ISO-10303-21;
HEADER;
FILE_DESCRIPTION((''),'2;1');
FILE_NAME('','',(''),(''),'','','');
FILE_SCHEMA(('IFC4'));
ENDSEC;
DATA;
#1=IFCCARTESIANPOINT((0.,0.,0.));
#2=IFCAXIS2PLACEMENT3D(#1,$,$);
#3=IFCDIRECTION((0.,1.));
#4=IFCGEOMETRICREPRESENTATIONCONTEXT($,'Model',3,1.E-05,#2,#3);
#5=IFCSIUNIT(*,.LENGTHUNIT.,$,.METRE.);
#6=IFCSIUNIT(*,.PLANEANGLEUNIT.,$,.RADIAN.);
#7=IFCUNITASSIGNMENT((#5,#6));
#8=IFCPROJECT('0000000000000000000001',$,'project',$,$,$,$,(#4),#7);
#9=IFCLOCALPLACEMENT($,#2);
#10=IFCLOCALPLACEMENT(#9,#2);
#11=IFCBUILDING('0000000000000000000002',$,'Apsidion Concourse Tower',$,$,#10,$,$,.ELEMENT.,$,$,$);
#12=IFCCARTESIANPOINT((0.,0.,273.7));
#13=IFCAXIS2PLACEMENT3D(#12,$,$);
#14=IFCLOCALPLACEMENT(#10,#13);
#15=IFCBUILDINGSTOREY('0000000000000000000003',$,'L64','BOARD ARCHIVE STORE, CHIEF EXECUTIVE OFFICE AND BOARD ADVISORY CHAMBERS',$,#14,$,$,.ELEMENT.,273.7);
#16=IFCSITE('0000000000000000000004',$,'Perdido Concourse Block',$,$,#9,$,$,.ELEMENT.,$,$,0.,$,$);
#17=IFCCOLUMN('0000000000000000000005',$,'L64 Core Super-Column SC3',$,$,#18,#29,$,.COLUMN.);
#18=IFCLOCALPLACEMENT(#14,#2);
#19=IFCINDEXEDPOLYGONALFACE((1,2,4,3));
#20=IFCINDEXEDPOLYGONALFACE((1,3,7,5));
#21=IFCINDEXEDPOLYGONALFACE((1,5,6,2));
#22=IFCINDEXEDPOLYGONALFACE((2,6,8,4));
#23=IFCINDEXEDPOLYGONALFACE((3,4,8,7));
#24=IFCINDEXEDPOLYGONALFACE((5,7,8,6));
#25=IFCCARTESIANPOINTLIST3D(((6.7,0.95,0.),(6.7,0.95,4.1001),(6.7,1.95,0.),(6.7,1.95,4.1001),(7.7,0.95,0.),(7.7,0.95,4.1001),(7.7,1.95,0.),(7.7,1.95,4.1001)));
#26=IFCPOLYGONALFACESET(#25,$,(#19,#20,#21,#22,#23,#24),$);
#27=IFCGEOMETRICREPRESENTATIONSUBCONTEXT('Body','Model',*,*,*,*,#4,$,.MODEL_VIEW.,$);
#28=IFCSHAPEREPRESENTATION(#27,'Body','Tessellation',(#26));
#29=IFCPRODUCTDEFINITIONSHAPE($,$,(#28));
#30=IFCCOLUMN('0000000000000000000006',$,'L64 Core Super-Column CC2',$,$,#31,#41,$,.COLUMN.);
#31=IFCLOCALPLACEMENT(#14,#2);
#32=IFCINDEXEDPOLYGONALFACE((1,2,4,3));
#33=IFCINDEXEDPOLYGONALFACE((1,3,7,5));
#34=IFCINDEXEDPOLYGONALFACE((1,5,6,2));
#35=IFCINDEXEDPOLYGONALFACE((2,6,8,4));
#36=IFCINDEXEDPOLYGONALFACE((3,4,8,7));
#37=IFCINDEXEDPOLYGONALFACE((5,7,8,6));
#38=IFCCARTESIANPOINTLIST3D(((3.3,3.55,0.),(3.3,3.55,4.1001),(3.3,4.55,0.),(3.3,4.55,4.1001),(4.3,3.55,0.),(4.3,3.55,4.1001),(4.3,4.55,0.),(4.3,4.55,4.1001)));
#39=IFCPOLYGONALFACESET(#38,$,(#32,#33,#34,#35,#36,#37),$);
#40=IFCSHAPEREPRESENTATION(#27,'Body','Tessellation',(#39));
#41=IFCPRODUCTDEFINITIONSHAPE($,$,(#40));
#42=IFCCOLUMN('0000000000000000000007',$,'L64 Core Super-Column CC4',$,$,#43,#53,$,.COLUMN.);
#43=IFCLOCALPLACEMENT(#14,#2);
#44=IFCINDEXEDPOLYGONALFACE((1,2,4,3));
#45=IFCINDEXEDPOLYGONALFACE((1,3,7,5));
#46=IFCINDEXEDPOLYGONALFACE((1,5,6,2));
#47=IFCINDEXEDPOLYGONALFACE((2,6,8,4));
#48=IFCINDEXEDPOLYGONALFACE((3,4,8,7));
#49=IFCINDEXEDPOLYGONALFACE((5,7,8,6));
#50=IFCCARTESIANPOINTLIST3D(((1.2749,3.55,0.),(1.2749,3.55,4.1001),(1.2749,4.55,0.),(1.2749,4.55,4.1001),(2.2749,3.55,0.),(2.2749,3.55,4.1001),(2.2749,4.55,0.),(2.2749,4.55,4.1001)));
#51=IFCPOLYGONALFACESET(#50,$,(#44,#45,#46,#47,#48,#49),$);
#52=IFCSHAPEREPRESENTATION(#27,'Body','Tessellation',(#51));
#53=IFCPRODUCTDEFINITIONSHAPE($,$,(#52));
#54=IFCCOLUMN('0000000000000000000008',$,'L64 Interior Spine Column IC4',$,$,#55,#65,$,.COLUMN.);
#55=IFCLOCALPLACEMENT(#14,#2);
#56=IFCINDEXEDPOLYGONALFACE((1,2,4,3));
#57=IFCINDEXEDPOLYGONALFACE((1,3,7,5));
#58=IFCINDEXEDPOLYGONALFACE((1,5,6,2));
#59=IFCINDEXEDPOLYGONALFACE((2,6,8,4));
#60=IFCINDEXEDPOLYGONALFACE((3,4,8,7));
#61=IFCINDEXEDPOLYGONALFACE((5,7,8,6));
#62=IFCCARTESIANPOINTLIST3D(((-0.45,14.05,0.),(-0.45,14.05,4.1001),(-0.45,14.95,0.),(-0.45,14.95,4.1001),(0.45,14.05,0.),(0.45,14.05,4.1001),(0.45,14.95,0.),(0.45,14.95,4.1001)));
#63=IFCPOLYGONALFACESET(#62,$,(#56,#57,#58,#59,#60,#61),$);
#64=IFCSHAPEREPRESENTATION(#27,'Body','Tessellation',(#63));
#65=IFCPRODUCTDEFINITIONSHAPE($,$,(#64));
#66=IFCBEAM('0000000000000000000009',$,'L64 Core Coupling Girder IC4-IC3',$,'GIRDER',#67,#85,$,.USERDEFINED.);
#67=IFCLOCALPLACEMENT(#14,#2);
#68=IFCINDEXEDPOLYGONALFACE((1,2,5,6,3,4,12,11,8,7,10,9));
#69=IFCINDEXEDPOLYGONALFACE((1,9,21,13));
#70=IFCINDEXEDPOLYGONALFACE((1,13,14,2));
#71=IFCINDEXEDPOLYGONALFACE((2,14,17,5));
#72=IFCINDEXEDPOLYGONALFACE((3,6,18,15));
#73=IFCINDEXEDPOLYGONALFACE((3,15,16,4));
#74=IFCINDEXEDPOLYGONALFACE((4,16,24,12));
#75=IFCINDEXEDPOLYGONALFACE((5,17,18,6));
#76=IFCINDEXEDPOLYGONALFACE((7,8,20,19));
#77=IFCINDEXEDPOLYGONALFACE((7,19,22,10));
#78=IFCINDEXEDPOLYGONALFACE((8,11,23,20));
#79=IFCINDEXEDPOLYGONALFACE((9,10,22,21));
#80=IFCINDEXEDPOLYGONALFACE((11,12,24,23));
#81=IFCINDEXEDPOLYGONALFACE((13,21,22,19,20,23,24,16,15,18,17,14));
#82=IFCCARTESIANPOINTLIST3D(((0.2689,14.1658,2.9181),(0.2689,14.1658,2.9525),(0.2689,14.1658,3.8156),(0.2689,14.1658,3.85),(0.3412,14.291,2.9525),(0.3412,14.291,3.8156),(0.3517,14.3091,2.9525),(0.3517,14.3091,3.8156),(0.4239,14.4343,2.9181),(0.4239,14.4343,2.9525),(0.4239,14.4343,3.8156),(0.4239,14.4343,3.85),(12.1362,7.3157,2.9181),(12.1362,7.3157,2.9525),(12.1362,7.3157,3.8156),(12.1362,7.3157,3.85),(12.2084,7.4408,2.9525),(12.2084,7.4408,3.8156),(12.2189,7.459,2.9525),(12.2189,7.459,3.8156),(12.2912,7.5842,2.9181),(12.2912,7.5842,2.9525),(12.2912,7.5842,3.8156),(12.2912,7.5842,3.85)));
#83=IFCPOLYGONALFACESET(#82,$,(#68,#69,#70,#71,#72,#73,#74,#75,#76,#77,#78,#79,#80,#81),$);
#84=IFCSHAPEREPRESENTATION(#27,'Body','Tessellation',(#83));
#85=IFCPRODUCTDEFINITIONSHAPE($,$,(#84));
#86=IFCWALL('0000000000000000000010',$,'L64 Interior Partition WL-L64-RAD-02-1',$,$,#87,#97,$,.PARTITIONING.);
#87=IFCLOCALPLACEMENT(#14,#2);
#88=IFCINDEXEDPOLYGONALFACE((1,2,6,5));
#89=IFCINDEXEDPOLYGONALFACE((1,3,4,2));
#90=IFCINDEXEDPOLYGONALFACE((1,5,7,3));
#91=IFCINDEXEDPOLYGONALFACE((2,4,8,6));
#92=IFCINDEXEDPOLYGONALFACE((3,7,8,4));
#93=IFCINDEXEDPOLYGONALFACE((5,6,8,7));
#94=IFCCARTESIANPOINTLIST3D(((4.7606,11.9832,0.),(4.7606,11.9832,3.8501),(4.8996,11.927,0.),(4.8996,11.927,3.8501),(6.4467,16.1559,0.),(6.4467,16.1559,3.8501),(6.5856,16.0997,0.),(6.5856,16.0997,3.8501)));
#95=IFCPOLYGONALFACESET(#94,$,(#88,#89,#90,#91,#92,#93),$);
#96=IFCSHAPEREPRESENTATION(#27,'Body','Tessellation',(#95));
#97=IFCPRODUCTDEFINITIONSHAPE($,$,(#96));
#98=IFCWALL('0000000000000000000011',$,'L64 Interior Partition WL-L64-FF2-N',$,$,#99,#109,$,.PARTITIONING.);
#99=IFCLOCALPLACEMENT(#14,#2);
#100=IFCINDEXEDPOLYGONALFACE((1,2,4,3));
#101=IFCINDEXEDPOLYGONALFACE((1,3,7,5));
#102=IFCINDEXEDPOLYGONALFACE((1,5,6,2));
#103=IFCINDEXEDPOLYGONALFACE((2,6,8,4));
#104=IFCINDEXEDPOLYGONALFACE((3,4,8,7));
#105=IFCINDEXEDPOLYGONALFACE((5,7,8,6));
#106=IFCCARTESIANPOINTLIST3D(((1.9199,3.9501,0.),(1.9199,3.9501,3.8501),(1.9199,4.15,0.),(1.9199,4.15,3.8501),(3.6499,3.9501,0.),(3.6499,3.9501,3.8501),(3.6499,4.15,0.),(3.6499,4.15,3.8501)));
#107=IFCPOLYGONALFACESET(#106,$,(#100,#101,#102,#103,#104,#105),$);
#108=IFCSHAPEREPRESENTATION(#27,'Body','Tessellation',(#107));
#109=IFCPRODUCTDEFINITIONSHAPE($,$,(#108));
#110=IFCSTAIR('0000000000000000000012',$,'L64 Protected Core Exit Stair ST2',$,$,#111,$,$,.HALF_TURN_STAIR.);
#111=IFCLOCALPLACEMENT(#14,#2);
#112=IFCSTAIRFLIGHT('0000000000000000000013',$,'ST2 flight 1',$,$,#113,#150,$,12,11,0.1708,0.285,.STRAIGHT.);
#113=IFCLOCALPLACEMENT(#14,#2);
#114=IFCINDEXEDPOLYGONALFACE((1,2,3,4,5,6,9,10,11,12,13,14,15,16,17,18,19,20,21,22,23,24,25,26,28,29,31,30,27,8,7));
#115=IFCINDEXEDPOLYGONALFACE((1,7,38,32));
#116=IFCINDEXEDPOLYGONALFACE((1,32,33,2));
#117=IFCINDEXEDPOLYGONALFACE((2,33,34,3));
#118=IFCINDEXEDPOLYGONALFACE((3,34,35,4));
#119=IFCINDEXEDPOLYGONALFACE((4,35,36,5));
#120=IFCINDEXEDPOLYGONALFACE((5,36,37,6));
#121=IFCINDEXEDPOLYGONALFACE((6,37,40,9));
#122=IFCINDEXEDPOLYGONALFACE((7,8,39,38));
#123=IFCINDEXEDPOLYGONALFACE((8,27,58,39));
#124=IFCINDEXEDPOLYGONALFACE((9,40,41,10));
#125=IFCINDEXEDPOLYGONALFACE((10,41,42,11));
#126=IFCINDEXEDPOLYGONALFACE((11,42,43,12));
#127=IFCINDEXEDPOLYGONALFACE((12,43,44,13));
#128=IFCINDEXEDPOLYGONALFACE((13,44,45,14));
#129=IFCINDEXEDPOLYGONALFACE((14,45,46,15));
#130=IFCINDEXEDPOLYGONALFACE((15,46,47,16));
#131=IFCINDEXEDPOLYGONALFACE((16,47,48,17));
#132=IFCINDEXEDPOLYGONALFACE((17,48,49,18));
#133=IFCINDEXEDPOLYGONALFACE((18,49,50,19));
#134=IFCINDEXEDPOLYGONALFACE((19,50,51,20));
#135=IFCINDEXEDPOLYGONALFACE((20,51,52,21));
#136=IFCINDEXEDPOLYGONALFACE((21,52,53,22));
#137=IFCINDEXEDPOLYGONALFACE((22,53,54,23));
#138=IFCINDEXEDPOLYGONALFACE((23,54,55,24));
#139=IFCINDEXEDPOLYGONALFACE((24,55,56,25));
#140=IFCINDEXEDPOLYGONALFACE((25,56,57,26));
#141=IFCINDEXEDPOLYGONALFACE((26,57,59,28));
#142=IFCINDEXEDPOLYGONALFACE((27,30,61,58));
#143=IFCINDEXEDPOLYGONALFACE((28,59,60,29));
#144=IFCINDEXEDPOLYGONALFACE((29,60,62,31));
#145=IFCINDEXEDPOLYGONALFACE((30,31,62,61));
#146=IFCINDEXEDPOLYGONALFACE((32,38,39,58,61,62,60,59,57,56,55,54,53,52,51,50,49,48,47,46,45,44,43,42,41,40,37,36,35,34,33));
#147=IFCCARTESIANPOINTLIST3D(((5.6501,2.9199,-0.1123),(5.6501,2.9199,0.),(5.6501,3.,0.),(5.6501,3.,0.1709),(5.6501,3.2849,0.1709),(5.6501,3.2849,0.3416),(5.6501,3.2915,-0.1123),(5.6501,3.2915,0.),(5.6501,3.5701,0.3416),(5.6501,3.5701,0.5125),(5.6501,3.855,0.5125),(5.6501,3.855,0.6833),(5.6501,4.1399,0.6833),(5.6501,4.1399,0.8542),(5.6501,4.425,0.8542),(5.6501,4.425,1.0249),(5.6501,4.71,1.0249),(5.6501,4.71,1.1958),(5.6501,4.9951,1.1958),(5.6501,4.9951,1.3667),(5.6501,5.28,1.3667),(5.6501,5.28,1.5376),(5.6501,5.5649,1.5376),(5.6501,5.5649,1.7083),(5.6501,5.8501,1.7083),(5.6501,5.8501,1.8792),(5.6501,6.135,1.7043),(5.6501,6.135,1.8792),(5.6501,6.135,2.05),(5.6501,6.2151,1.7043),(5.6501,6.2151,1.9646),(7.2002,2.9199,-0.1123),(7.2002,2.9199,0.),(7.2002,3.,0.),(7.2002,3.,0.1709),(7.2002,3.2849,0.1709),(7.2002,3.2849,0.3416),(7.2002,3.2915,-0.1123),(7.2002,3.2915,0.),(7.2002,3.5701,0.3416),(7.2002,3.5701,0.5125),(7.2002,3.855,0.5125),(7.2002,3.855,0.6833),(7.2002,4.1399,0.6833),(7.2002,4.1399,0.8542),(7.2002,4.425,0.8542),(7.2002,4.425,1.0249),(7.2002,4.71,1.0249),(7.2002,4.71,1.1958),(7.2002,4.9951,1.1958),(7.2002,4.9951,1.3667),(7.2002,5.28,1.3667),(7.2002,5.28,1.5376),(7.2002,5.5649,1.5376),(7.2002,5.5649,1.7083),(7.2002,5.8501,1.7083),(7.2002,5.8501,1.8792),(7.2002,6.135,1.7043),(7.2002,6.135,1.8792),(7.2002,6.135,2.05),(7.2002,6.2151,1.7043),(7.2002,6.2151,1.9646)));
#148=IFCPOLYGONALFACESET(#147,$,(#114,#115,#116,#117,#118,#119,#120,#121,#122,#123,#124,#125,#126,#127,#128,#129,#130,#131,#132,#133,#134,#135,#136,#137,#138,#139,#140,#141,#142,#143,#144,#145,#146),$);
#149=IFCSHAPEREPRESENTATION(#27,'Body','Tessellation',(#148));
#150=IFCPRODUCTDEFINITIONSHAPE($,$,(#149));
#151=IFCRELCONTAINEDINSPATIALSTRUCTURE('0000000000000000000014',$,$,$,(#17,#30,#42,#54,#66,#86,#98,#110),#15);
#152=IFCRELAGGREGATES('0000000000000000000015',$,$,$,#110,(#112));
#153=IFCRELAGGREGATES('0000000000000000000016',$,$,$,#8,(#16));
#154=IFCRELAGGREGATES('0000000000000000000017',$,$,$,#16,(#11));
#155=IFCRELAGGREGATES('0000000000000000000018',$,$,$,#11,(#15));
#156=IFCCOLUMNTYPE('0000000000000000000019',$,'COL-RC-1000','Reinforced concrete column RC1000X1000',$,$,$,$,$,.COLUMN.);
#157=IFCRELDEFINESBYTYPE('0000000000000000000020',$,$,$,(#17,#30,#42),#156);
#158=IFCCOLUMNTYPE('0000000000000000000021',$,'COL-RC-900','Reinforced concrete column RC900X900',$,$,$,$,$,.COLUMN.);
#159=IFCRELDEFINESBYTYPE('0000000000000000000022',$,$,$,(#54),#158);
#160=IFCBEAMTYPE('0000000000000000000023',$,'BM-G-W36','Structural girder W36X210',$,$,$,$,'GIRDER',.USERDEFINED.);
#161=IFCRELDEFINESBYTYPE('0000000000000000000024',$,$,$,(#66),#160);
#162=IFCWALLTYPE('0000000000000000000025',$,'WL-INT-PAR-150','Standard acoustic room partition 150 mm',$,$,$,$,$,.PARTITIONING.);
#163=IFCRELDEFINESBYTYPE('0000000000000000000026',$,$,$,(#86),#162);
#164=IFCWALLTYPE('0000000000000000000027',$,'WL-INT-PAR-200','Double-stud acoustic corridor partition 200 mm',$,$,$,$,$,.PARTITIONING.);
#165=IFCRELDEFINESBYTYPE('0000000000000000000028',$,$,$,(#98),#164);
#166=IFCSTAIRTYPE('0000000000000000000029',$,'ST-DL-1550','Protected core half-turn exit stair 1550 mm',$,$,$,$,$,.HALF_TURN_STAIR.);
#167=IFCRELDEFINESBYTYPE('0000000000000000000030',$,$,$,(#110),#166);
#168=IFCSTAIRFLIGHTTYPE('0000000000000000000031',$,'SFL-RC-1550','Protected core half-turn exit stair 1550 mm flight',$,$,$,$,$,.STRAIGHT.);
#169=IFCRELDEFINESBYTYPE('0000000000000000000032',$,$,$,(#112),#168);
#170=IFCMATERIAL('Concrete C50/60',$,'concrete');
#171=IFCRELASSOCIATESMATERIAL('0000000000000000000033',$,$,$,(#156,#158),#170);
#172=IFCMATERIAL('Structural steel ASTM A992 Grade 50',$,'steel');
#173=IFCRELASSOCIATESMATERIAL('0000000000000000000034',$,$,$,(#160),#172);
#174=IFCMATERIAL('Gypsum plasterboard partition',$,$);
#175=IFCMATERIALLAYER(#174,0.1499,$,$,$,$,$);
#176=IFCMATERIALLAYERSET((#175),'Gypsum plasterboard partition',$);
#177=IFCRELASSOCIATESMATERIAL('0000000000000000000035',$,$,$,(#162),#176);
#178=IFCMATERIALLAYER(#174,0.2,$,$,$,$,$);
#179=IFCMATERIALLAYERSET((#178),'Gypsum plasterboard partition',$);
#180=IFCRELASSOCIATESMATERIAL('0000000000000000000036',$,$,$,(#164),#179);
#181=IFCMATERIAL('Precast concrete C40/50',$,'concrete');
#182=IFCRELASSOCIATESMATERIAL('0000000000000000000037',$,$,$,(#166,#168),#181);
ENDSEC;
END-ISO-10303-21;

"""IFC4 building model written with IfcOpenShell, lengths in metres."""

from ifc_helpers import new_model, si_unit, direction, frame, frame_2d, origin, origin_2d, place, context, subcontext, project, spatial, polyline, rectangle, i_section, outline, extrude, material, layer, layer_set, material_profile, profile_set, type_object, element, aggregate, save


model = new_model("IFC4")

# Units and contexts
model_context = context("Model", 3, precision=1e-05, world=origin(), true_north=direction((0.0, 1.0)))
body_context = subcontext(model_context, "Body", "Model", "MODEL_VIEW")
ifc_project = project(units=[si_unit("LENGTHUNIT", "METRE"), si_unit("PLANEANGLEUNIT", "RADIAN")], contexts=[model_context])

# Site, building, storey
site_placement = place(None, origin())
site = spatial("IfcSite", under=ifc_project, at=site_placement, Name="Perdido Concourse Block", CompositionType="ELEMENT", RefElevation=0.0)
building_placement = place(site_placement, origin())
building = spatial("IfcBuilding", under=site, at=building_placement, Name="Apsidion Concourse Tower", CompositionType="ELEMENT")
storey_placement = place(building_placement, frame((0.0, 0.0, 273.7)))
storey = spatial("IfcBuildingStorey", under=building, at=storey_placement, Name="L64", Description="BOARD ARCHIVE STORE, CHIEF EXECUTIVE OFFICE AND BOARD ADVISORY CHAMBERS", CompositionType="ELEMENT", Elevation=273.7)

# Columns
ifc_material_1 = material(Name="Concrete C50/60", Category="concrete")
ifc_material_profile_1 = material_profile(ifc_material_1, rectangle(XDim=1.0, YDim=1.0, at=origin_2d()), Name="RC 1000x1000")
ifc_profile_set_1 = profile_set([ifc_material_profile_1], Name="Concrete C50/60")
column_type_1 = type_object("IfcColumnType", Name="COL-RC-1000", Description="Reinforced concrete column RC1000X1000", PredefinedType="COLUMN", material=ifc_profile_set_1)
for number, where, z_axis, x_axis, name in (
    (1, (7.2, 1.45, 0.0), (0.0, 0.0, 1.0), (1.0, 0.0, 0.0), "L64 Core Super-Column SC3"),
    (2, (3.8, 4.05, 0.0), (0.0, 0.0, 1.0), (1.0, 0.0, 0.0), "L64 Core Super-Column CC2"),
    (3, (1.7749, 4.05, 0.0), (0.0, 0.0, 1.0), (1.0, 0.0, 0.0), "L64 Core Super-Column CC4"),
):
    element("IfcColumn", number, at=place(storey_placement, frame(where, z_axis=z_axis, x_axis=x_axis)), inside=storey, type_object=column_type_1, Name=name, PredefinedType="COLUMN", context=body_context, shape_type="SweptSolid", body=[
        extrude(rectangle(XDim=1.0, YDim=1.0, at=origin_2d()), origin(), (0.0, 0.0, 1.0), 4.1001),
    ])
ifc_material_profile_2 = material_profile(ifc_material_1, rectangle(XDim=0.8999, YDim=0.8999, at=origin_2d()), Name="RC 900x900")
ifc_profile_set_2 = profile_set([ifc_material_profile_2], Name="Concrete C50/60")
column_type_2 = type_object("IfcColumnType", Name="COL-RC-900", Description="Reinforced concrete column RC900X900", PredefinedType="COLUMN", material=ifc_profile_set_2)
column_placement = place(storey_placement, frame((0.0, 14.5, 0.0), z_axis=(0.0, 0.0, 1.0), x_axis=(1.0, 0.0, 0.0)))
element("IfcColumn", 4, at=column_placement, inside=storey, type_object=column_type_2, Name="L64 Interior Spine Column IC4", PredefinedType="COLUMN", context=body_context, shape_type="SweptSolid", body=[
    extrude(rectangle(XDim=0.8999, YDim=0.8999, at=origin_2d()), origin(), (0.0, 0.0, 1.0), 4.1001),
])

# Beam
ifc_material_2 = material(Name="Structural steel ASTM A992 Grade 50", Category="steel")
ifc_material_profile_3 = material_profile(ifc_material_2, i_section(OverallWidth=0.3101, OverallDepth=0.9319, WebThickness=0.021, FlangeThickness=0.0344, at=origin_2d()), Name="W36X210")
ifc_profile_set_3 = profile_set([ifc_material_profile_3], Name="Structural steel ASTM A992 Grade 50")
beam_type = type_object("IfcBeamType", Name="BM-G-W36", Description="Structural girder W36X210", ElementType="GIRDER", PredefinedType="USERDEFINED", material=ifc_profile_set_3)
beam_placement = place(storey_placement, frame((0.3464, 14.3, 3.384), z_axis=(0.86607, -0.499922, 0.0), x_axis=(0.499922, 0.86607, 0.0)))
element("IfcBeam", 5, at=beam_placement, inside=storey, type_object=beam_type, Name="L64 Core Coupling Girder IC4-IC3", ObjectType="GIRDER", PredefinedType="USERDEFINED", context=body_context, shape_type="SweptSolid", body=[
    extrude(i_section(OverallWidth=0.3101, OverallDepth=0.9319, WebThickness=0.021, FlangeThickness=0.0344, at=origin_2d()), origin(), (0.0, 0.0, 1.0), 13.7024),
])

# Walls
ifc_material_3 = material(Name="Gypsum plasterboard partition")
ifc_layer_1 = layer(ifc_material_3, 0.1499)
ifc_layer_set_1 = layer_set([ifc_layer_1], Name="Gypsum plasterboard partition")
wall_type_1 = type_object("IfcWallType", Name="WL-INT-PAR-150", Description="Standard acoustic room partition 150 mm", PredefinedType="PARTITIONING", material=ifc_layer_set_1)
wall_1_placement = place(storey_placement, frame((4.8301, 11.9551, 0.0), z_axis=(0.0, 0.0, 1.0), x_axis=(0.374643, 0.927169, 0.0)))
element("IfcWall", 6, at=wall_1_placement, inside=storey, type_object=wall_type_1, Name="L64 Interior Partition WL-L64-RAD-02-1", PredefinedType="PARTITIONING", context=body_context, shape_type="SweptSolid", body=[
    extrude(rectangle(XDim=4.5005, YDim=0.1499, at=frame_2d((2.2502, 0.0))), origin(), (0.0, 0.0, 1.0), 3.8501),
])
ifc_layer_2 = layer(ifc_material_3, 0.2)
ifc_layer_set_2 = layer_set([ifc_layer_2], Name="Gypsum plasterboard partition")
wall_type_2 = type_object("IfcWallType", Name="WL-INT-PAR-200", Description="Double-stud acoustic corridor partition 200 mm", PredefinedType="PARTITIONING", material=ifc_layer_set_2)
wall_2_placement = place(storey_placement, frame((1.9199, 4.05, 0.0), z_axis=(0.0, 0.0, 1.0), x_axis=(1.0, 0.0, 0.0)))
element("IfcWall", 7, at=wall_2_placement, inside=storey, type_object=wall_type_2, Name="L64 Interior Partition WL-L64-FF2-N", PredefinedType="PARTITIONING", context=body_context, shape_type="SweptSolid", body=[
    extrude(rectangle(XDim=1.73, YDim=0.2, at=frame_2d((0.865, 0.0))), origin(), (0.0, 0.0, 1.0), 3.8501),
])

# Stair, stair flight
ifc_material_4 = material(Name="Precast concrete C40/50", Category="concrete")
stair_type = type_object("IfcStairType", Name="ST-DL-1550", Description="Protected core half-turn exit stair 1550 mm", PredefinedType="HALF_TURN_STAIR", material=ifc_material_4)
stair_1_placement = place(storey_placement, origin())
stair_1 = element("IfcStair", 8, at=stair_1_placement, inside=storey, type_object=stair_type, Name="L64 Protected Core Exit Stair ST2", PredefinedType="HALF_TURN_STAIR")
stair_flight_type = type_object("IfcStairFlightType", Name="SFL-RC-1550", Description="Protected core half-turn exit stair 1550 mm flight", PredefinedType="STRAIGHT", material=ifc_material_4)
stair_flight_1_placement = place(storey_placement, frame((6.425, 3.0, 0.0), z_axis=(0.0, 0.0, 1.0), x_axis=(0.0, 1.0, 0.0)))
stair_flight_1 = element("IfcStairFlight", 9, at=stair_flight_1_placement, type_object=stair_flight_type, Name="ST2 flight 1", NumberOfRisers=12, NumberOfTreads=11, PredefinedType="STRAIGHT", RiserHeight=0.1708, TreadLength=0.285, context=body_context, shape_type="SweptSolid", body=[
    extrude(outline(polyline([(-0.0801, -0.1123), (-0.0801, 0.0), (0.0, 0.0), (0.0, 0.1709), (0.2849, 0.1709), (0.2849, 0.3416), (0.5701, 0.3416), (0.5701, 0.5125), (0.855, 0.5125), (0.855, 0.6833), (1.1399, 0.6833), (1.1399, 0.8542), (1.425, 0.8542), (1.425, 1.0249), (1.71, 1.0249), (1.71, 1.1958), (1.9951, 1.1958), (1.9951, 1.3667), (2.28, 1.3667), (2.28, 1.5376), (2.5649, 1.5376), (2.5649, 1.7083), (2.8501, 1.7083), (2.8501, 1.8792), (3.135, 1.8792), (3.135, 2.05), (3.2151, 1.9646), (3.2151, 1.7043), (3.135, 1.7043), (0.2915, 0.0), (0.2915, -0.1123), (-0.0801, -0.1123)])), frame((0.0, 0.7749, 0.0), z_axis=(0.0, -1.0, 0.0), x_axis=(1.0, 0.0, 0.0)), (0.0, 0.0, 1.0), 1.55),
])
aggregate(stair_1, [stair_flight_1])

save(model, "model.ifc")
